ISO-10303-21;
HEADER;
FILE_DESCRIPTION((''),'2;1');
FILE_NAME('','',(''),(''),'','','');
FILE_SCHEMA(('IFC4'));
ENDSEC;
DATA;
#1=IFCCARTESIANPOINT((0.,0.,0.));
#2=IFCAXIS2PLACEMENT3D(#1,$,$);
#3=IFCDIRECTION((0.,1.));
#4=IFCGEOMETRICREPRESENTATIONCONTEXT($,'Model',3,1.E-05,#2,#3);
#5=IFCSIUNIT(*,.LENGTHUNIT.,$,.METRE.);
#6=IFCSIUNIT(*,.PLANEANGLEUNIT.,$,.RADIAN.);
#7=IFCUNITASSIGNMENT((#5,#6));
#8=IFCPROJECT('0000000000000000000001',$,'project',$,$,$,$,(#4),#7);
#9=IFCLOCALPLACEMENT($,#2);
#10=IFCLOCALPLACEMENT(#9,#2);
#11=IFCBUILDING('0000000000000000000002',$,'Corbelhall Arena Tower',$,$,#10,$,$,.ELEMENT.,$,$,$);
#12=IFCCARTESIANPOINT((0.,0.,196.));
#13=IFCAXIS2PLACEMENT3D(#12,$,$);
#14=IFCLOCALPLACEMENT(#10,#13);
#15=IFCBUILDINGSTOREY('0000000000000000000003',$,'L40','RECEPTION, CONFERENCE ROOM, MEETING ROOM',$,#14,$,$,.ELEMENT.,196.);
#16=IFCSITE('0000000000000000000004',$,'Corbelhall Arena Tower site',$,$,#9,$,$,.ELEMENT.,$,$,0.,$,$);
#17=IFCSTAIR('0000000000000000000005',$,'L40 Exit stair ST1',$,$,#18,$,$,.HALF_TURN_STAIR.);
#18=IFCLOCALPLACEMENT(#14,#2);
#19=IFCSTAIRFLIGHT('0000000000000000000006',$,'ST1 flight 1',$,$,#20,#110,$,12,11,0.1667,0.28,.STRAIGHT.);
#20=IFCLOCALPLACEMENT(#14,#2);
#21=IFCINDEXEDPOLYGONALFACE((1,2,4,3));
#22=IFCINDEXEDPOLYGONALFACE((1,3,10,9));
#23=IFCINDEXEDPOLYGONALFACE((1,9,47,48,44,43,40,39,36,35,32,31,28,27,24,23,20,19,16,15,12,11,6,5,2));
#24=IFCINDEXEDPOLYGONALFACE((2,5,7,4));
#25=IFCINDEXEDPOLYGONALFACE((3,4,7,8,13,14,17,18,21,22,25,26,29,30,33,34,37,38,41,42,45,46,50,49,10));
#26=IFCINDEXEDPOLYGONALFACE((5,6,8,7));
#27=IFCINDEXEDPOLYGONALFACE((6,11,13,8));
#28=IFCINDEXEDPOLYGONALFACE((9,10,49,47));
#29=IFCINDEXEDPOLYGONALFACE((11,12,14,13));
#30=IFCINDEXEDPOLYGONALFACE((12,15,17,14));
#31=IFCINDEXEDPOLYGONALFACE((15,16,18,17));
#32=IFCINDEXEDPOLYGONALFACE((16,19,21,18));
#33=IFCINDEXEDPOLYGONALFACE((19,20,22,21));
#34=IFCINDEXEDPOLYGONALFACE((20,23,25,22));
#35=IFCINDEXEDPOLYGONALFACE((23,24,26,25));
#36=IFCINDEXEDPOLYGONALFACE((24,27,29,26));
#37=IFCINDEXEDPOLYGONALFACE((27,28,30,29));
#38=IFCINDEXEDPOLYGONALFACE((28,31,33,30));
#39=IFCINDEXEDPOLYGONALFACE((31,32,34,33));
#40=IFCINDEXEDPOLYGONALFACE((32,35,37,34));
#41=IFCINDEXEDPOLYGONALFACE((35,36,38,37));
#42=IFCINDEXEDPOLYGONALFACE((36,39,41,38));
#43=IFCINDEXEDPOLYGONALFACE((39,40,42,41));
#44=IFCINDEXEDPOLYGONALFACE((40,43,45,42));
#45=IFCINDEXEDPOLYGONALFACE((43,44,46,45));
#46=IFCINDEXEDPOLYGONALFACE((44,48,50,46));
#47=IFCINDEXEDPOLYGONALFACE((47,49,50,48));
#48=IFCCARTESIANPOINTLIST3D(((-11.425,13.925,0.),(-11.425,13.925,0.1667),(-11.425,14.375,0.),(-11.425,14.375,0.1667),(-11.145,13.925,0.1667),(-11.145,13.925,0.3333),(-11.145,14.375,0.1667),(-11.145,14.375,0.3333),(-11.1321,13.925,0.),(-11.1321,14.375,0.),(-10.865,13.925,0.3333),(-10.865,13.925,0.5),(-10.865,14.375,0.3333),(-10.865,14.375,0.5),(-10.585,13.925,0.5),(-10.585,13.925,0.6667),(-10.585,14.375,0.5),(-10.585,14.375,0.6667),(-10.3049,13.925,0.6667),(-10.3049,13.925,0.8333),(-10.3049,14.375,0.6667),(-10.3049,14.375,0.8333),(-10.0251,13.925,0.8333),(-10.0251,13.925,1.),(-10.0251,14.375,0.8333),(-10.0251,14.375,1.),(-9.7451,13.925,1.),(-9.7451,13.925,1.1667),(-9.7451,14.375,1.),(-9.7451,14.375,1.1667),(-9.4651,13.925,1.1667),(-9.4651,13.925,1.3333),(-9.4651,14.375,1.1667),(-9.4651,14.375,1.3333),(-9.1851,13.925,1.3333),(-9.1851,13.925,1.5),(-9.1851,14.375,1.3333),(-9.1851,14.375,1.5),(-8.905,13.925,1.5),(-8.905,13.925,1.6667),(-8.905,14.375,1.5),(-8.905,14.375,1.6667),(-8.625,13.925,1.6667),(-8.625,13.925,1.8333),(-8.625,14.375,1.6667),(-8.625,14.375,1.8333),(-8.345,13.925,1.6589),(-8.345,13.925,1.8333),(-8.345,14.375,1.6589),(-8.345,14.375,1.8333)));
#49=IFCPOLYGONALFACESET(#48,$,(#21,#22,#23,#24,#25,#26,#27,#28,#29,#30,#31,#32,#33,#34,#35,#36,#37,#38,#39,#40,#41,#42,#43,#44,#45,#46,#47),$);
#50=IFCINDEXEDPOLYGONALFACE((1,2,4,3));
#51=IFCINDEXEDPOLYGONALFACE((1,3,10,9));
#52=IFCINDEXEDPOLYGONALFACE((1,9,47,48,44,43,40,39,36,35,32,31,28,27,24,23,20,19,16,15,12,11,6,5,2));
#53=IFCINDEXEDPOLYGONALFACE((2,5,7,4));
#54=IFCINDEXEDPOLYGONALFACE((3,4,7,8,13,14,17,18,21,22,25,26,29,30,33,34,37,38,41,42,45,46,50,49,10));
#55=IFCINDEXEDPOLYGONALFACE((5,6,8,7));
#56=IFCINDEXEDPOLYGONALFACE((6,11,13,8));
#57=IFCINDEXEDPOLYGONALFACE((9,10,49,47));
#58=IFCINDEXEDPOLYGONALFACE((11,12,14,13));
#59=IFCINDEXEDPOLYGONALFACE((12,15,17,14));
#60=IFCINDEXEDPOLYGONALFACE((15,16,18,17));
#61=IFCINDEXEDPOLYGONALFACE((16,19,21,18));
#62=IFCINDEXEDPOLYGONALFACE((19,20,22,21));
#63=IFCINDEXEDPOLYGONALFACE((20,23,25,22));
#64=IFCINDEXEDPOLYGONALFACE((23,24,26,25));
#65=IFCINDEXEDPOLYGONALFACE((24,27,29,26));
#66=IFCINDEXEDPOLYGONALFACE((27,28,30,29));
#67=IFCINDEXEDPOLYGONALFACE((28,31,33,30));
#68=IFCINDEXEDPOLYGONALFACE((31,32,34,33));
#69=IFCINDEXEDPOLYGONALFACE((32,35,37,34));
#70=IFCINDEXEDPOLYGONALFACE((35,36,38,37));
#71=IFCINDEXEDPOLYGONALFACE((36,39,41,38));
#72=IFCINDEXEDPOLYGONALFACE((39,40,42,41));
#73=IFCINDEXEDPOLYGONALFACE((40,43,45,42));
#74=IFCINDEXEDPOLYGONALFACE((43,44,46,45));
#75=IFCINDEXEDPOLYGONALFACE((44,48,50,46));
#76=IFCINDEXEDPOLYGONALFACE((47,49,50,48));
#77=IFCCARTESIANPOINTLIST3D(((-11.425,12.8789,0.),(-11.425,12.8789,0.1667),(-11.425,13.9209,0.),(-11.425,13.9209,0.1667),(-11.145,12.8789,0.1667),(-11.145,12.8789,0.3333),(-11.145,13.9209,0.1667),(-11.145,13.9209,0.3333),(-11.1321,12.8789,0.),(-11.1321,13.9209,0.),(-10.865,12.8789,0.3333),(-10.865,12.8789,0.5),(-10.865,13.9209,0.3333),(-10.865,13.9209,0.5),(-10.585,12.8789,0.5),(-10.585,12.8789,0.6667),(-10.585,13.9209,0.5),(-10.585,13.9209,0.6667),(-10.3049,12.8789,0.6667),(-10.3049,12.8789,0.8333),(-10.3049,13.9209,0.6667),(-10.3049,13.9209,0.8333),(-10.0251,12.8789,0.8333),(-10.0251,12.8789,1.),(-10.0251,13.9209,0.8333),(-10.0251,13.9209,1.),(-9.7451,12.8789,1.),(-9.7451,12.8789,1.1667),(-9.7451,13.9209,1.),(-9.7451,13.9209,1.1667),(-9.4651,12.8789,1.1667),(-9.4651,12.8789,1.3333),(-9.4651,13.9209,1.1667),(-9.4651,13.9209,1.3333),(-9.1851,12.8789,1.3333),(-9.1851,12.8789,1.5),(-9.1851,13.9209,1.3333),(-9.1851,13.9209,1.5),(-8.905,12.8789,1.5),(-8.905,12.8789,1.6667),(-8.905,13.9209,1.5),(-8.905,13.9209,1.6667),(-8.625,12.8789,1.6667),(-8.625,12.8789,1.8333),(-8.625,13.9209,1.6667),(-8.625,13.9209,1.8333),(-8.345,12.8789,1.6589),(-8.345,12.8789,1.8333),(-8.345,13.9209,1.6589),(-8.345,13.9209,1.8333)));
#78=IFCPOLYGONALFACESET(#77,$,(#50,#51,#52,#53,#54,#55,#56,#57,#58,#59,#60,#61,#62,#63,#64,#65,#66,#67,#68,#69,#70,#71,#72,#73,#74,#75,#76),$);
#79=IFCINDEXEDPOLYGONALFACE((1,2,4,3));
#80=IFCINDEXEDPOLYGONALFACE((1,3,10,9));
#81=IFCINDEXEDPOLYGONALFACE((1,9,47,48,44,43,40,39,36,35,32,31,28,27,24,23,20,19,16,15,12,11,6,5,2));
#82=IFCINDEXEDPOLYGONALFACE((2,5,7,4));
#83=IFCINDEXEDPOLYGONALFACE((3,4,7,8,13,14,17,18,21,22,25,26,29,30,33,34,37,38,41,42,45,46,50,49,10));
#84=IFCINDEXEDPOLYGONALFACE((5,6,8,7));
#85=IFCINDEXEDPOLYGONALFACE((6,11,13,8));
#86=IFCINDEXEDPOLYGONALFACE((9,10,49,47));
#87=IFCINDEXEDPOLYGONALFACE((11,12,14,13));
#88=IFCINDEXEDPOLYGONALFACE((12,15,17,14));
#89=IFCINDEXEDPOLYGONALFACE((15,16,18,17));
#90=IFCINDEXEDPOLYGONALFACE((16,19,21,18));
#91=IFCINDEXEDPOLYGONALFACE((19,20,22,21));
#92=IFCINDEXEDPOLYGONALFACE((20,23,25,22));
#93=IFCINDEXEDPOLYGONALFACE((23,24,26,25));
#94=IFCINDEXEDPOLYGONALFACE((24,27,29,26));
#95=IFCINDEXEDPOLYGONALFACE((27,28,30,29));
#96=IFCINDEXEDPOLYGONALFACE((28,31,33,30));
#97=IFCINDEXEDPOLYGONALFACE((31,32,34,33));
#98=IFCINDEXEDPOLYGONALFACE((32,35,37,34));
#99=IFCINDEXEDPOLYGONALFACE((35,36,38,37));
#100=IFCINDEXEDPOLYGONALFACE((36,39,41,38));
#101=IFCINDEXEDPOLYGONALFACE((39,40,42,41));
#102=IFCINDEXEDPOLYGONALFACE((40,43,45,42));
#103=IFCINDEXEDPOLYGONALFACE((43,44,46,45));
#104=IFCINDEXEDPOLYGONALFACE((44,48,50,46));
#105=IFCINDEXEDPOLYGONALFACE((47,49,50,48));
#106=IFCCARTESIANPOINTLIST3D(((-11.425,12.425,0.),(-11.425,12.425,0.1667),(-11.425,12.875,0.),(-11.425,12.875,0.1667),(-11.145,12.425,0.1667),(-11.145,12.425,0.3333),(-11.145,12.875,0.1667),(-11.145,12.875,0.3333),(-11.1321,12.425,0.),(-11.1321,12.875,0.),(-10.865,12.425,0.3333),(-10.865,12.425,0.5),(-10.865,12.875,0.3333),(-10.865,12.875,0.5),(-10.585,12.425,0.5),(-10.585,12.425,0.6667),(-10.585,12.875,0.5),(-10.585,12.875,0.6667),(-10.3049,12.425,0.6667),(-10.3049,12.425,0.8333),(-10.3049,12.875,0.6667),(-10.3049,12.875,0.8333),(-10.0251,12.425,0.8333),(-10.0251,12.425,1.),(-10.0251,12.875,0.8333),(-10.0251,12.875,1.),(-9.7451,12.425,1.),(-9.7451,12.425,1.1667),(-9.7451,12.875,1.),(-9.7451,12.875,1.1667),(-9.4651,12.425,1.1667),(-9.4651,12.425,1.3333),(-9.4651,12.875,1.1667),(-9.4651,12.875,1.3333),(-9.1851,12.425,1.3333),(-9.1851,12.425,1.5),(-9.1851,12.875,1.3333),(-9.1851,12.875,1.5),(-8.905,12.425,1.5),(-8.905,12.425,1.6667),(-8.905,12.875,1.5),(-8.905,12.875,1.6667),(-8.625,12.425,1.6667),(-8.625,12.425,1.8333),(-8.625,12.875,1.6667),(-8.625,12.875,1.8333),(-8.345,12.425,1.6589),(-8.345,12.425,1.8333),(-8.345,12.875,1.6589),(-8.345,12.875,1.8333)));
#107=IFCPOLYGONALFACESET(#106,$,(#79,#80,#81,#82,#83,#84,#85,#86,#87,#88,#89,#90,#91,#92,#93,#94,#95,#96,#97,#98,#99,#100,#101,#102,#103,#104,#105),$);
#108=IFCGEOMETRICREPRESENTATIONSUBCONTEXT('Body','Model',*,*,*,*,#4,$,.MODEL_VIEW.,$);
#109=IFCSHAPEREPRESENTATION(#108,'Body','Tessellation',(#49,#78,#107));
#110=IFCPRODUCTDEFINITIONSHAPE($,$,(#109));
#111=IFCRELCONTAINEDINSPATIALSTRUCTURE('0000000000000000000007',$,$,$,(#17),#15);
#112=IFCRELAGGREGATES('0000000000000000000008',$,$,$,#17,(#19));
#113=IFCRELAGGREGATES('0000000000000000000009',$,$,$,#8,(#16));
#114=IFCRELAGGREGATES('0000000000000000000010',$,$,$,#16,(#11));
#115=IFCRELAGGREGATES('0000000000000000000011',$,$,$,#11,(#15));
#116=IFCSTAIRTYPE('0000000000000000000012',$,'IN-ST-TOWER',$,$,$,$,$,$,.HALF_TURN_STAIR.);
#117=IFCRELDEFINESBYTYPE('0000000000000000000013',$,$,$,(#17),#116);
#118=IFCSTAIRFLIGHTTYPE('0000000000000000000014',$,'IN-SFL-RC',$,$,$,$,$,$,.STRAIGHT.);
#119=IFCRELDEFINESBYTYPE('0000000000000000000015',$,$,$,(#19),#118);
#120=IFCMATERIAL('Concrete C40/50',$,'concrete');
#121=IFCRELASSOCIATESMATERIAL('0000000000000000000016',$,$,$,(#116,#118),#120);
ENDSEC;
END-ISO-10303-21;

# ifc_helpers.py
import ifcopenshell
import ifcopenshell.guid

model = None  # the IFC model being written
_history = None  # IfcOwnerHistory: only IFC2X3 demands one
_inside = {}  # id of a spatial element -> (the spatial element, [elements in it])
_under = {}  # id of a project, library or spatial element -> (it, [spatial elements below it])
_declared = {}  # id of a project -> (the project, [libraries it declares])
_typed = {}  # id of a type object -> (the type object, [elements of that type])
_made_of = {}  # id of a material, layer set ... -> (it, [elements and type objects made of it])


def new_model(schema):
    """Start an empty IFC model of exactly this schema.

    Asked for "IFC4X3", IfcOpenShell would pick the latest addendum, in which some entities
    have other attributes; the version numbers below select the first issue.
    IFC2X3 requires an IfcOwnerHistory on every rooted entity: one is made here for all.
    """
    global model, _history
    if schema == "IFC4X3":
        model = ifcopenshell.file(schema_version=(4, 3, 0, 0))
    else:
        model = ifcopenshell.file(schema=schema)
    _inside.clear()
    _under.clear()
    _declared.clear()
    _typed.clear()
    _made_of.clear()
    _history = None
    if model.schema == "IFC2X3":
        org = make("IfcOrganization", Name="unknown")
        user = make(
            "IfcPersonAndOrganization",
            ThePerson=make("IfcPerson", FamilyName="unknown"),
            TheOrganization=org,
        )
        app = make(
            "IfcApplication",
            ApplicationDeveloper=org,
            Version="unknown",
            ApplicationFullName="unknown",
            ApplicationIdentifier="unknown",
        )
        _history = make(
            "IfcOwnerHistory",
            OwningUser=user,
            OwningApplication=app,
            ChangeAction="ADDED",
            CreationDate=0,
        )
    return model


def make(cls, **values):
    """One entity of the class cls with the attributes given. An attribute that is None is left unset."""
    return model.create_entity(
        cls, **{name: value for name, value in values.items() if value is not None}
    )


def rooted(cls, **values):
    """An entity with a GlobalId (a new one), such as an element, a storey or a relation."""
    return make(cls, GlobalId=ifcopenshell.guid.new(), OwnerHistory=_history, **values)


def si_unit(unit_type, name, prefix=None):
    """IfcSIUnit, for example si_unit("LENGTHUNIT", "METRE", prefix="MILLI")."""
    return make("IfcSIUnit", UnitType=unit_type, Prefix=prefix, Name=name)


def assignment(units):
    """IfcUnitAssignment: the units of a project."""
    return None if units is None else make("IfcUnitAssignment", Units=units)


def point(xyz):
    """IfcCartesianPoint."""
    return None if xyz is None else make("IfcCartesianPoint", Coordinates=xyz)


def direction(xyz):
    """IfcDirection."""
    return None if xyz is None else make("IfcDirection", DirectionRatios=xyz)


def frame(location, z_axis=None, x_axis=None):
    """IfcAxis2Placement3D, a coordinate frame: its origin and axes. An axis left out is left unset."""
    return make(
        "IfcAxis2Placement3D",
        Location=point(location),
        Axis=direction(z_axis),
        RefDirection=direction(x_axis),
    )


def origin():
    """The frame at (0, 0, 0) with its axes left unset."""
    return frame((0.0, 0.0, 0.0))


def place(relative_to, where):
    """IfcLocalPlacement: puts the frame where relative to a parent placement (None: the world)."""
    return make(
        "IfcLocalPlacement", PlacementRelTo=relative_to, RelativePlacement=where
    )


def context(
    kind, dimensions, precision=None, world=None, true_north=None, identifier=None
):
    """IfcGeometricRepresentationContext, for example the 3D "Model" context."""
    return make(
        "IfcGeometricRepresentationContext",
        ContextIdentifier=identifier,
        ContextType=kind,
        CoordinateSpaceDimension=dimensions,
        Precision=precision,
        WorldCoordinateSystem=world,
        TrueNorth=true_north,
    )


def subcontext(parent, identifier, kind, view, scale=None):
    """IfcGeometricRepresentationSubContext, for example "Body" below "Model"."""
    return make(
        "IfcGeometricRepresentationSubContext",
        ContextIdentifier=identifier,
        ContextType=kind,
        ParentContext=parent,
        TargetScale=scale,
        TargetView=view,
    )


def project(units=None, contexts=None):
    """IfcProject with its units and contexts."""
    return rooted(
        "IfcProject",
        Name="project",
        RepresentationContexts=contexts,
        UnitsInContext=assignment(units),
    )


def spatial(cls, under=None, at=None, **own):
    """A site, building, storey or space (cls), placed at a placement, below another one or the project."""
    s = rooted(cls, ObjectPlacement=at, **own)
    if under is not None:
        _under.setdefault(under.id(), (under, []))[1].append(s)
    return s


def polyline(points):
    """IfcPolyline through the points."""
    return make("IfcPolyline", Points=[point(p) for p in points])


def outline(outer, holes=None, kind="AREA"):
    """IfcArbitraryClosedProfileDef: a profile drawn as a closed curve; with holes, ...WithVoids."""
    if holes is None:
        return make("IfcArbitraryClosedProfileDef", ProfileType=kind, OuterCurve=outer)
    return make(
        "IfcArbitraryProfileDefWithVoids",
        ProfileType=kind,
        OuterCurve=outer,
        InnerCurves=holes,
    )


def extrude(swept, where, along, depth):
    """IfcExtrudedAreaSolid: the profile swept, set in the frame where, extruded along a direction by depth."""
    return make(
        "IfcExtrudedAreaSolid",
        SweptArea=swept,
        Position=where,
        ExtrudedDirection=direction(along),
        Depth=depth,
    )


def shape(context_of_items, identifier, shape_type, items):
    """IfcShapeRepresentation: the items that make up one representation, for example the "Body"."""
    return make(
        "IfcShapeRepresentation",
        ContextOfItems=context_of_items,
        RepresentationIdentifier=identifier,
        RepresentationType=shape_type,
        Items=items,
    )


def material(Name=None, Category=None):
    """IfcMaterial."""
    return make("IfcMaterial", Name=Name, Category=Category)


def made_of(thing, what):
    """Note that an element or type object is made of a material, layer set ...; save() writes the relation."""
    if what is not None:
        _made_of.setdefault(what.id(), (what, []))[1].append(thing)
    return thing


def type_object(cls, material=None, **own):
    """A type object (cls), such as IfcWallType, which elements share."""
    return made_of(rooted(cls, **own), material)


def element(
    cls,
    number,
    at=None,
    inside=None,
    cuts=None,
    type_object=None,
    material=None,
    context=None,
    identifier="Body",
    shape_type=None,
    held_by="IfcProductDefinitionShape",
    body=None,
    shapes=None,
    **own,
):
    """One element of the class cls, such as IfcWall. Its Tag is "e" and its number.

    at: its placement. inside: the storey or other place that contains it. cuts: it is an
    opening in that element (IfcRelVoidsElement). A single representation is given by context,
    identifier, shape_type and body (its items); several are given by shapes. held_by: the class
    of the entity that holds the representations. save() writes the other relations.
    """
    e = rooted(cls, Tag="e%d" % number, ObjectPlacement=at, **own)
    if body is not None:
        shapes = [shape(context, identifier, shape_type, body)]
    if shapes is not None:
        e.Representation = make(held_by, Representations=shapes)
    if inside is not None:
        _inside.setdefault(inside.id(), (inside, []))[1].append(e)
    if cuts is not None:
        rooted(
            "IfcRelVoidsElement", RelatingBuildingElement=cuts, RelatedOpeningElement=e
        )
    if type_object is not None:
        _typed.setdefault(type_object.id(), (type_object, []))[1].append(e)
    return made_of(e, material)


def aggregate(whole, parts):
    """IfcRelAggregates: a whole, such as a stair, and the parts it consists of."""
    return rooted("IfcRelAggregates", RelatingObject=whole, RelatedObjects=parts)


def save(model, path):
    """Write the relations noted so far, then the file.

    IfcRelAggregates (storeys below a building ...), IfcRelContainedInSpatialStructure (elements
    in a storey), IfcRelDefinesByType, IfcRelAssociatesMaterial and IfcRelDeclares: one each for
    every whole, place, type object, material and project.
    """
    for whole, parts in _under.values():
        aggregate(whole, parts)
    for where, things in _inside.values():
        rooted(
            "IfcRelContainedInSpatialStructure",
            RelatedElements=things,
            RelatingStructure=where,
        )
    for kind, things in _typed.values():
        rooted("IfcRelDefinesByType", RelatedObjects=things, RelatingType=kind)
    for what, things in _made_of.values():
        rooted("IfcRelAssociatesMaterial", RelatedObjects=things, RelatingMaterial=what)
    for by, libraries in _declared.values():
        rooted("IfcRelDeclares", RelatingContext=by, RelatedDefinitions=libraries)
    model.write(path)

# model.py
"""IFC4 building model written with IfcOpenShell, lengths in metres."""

from ifc_helpers import new_model, si_unit, direction, frame, origin, place, context, subcontext, project, spatial, polyline, outline, extrude, material, type_object, element, aggregate, save


model = new_model("IFC4")

# Units and contexts
model_context = context("Model", 3, precision=1e-05, world=origin(), true_north=direction((0.0, 1.0)))
body_context = subcontext(model_context, "Body", "Model", "MODEL_VIEW")
ifc_project = project(units=[si_unit("LENGTHUNIT", "METRE"), si_unit("PLANEANGLEUNIT", "RADIAN")], contexts=[model_context])

# Site, building, storey
site_placement = place(None, origin())
site = spatial("IfcSite", under=ifc_project, at=site_placement, Name="Corbelhall Arena Tower site", CompositionType="ELEMENT", RefElevation=0.0)
building_placement = place(site_placement, origin())
building = spatial("IfcBuilding", under=site, at=building_placement, Name="Corbelhall Arena Tower", CompositionType="ELEMENT")
storey_placement = place(building_placement, frame((0.0, 0.0, 196.0)))
storey = spatial("IfcBuildingStorey", under=building, at=storey_placement, Name="L40", Description="RECEPTION, CONFERENCE ROOM, MEETING ROOM", CompositionType="ELEMENT", Elevation=196.0)

# Shared definitions
ifc_material_1 = material(Name="Concrete C40/50", Category="concrete")

# Stair, stair flight
stair_type = type_object("IfcStairType", Name="IN-ST-TOWER", PredefinedType="HALF_TURN_STAIR", material=ifc_material_1)
stair_placement = place(storey_placement, origin())
stair = element("IfcStair", 1, at=stair_placement, inside=storey, type_object=stair_type, Name="L40 Exit stair ST1", PredefinedType="HALF_TURN_STAIR")
stair_flight_type = type_object("IfcStairFlightType", Name="IN-SFL-RC", PredefinedType="STRAIGHT", material=ifc_material_1)
stair_flight_placement = place(storey_placement, frame((-11.425, 13.3999, 0.0), z_axis=(0.0, 0.0, 1.0), x_axis=(1.0, 0.0, 0.0)))
stair_flight = element("IfcStairFlight", 2, at=stair_flight_placement, type_object=stair_flight_type, Name="ST1 flight 1", NumberOfRisers=12, NumberOfTreads=11, PredefinedType="STRAIGHT", RiserHeight=0.1667, TreadLength=0.28, context=body_context, shape_type="SweptSolid", body=[
    extrude(outline(polyline([(0.0, 0.0), (0.0, 0.1667), (0.28, 0.1667), (0.28, 0.3333), (0.5601, 0.3333), (0.5601, 0.5), (0.8401, 0.5), (0.8401, 0.6667), (1.1201, 0.6667), (1.1201, 0.8333), (1.3999, 0.8333), (1.3999, 1.0), (1.6799, 1.0), (1.6799, 1.1667), (1.96, 1.1667), (1.96, 1.3333), (2.24, 1.3333), (2.24, 1.5), (2.52, 1.5), (2.52, 1.6667), (2.8, 1.6667), (2.8, 1.8333), (3.0801, 1.8333), (3.0801, 2.0), (3.0801, 1.6589), (0.293, 0.0), (0.0, 0.0)])), frame((0.0, 0.9751, 0.0), z_axis=(0.0, -1.0, 0.0), x_axis=(1.0, 0.0, 0.0)), (0.0, 0.0, 1.0), 0.45),
    extrude(outline(polyline([(0.0, 0.0), (0.0, 0.1667), (0.28, 0.1667), (0.28, 0.3333), (0.5601, 0.3333), (0.5601, 0.5), (0.8401, 0.5), (0.8401, 0.6667), (1.1201, 0.6667), (1.1201, 0.8333), (1.3999, 0.8333), (1.3999, 1.0), (1.6799, 1.0), (1.6799, 1.1667), (1.96, 1.1667), (1.96, 1.3333), (2.24, 1.3333), (2.24, 1.5), (2.52, 1.5), (2.52, 1.6667), (2.8, 1.6667), (2.8, 1.8333), (3.0801, 1.8333), (3.0801, 2.0), (3.0801, 1.6589), (0.293, 0.0), (0.0, 0.0)])), frame((0.0, 0.521, 0.0), z_axis=(0.0, -1.0, 0.0), x_axis=(1.0, 0.0, 0.0)), (0.0, 0.0, 1.0), 1.042),
    extrude(outline(polyline([(0.0, 0.0), (0.0, 0.1667), (0.28, 0.1667), (0.28, 0.3333), (0.5601, 0.3333), (0.5601, 0.5), (0.8401, 0.5), (0.8401, 0.6667), (1.1201, 0.6667), (1.1201, 0.8333), (1.3999, 0.8333), (1.3999, 1.0), (1.6799, 1.0), (1.6799, 1.1667), (1.96, 1.1667), (1.96, 1.3333), (2.24, 1.3333), (2.24, 1.5), (2.52, 1.5), (2.52, 1.6667), (2.8, 1.6667), (2.8, 1.8333), (3.0801, 1.8333), (3.0801, 2.0), (3.0801, 1.6589), (0.293, 0.0), (0.0, 0.0)])), frame((0.0, -0.5249, 0.0), z_axis=(0.0, -1.0, 0.0), x_axis=(1.0, 0.0, 0.0)), (0.0, 0.0, 1.0), 0.45),
])
aggregate(stair, [stair_flight])

save(model, "model.ifc")
